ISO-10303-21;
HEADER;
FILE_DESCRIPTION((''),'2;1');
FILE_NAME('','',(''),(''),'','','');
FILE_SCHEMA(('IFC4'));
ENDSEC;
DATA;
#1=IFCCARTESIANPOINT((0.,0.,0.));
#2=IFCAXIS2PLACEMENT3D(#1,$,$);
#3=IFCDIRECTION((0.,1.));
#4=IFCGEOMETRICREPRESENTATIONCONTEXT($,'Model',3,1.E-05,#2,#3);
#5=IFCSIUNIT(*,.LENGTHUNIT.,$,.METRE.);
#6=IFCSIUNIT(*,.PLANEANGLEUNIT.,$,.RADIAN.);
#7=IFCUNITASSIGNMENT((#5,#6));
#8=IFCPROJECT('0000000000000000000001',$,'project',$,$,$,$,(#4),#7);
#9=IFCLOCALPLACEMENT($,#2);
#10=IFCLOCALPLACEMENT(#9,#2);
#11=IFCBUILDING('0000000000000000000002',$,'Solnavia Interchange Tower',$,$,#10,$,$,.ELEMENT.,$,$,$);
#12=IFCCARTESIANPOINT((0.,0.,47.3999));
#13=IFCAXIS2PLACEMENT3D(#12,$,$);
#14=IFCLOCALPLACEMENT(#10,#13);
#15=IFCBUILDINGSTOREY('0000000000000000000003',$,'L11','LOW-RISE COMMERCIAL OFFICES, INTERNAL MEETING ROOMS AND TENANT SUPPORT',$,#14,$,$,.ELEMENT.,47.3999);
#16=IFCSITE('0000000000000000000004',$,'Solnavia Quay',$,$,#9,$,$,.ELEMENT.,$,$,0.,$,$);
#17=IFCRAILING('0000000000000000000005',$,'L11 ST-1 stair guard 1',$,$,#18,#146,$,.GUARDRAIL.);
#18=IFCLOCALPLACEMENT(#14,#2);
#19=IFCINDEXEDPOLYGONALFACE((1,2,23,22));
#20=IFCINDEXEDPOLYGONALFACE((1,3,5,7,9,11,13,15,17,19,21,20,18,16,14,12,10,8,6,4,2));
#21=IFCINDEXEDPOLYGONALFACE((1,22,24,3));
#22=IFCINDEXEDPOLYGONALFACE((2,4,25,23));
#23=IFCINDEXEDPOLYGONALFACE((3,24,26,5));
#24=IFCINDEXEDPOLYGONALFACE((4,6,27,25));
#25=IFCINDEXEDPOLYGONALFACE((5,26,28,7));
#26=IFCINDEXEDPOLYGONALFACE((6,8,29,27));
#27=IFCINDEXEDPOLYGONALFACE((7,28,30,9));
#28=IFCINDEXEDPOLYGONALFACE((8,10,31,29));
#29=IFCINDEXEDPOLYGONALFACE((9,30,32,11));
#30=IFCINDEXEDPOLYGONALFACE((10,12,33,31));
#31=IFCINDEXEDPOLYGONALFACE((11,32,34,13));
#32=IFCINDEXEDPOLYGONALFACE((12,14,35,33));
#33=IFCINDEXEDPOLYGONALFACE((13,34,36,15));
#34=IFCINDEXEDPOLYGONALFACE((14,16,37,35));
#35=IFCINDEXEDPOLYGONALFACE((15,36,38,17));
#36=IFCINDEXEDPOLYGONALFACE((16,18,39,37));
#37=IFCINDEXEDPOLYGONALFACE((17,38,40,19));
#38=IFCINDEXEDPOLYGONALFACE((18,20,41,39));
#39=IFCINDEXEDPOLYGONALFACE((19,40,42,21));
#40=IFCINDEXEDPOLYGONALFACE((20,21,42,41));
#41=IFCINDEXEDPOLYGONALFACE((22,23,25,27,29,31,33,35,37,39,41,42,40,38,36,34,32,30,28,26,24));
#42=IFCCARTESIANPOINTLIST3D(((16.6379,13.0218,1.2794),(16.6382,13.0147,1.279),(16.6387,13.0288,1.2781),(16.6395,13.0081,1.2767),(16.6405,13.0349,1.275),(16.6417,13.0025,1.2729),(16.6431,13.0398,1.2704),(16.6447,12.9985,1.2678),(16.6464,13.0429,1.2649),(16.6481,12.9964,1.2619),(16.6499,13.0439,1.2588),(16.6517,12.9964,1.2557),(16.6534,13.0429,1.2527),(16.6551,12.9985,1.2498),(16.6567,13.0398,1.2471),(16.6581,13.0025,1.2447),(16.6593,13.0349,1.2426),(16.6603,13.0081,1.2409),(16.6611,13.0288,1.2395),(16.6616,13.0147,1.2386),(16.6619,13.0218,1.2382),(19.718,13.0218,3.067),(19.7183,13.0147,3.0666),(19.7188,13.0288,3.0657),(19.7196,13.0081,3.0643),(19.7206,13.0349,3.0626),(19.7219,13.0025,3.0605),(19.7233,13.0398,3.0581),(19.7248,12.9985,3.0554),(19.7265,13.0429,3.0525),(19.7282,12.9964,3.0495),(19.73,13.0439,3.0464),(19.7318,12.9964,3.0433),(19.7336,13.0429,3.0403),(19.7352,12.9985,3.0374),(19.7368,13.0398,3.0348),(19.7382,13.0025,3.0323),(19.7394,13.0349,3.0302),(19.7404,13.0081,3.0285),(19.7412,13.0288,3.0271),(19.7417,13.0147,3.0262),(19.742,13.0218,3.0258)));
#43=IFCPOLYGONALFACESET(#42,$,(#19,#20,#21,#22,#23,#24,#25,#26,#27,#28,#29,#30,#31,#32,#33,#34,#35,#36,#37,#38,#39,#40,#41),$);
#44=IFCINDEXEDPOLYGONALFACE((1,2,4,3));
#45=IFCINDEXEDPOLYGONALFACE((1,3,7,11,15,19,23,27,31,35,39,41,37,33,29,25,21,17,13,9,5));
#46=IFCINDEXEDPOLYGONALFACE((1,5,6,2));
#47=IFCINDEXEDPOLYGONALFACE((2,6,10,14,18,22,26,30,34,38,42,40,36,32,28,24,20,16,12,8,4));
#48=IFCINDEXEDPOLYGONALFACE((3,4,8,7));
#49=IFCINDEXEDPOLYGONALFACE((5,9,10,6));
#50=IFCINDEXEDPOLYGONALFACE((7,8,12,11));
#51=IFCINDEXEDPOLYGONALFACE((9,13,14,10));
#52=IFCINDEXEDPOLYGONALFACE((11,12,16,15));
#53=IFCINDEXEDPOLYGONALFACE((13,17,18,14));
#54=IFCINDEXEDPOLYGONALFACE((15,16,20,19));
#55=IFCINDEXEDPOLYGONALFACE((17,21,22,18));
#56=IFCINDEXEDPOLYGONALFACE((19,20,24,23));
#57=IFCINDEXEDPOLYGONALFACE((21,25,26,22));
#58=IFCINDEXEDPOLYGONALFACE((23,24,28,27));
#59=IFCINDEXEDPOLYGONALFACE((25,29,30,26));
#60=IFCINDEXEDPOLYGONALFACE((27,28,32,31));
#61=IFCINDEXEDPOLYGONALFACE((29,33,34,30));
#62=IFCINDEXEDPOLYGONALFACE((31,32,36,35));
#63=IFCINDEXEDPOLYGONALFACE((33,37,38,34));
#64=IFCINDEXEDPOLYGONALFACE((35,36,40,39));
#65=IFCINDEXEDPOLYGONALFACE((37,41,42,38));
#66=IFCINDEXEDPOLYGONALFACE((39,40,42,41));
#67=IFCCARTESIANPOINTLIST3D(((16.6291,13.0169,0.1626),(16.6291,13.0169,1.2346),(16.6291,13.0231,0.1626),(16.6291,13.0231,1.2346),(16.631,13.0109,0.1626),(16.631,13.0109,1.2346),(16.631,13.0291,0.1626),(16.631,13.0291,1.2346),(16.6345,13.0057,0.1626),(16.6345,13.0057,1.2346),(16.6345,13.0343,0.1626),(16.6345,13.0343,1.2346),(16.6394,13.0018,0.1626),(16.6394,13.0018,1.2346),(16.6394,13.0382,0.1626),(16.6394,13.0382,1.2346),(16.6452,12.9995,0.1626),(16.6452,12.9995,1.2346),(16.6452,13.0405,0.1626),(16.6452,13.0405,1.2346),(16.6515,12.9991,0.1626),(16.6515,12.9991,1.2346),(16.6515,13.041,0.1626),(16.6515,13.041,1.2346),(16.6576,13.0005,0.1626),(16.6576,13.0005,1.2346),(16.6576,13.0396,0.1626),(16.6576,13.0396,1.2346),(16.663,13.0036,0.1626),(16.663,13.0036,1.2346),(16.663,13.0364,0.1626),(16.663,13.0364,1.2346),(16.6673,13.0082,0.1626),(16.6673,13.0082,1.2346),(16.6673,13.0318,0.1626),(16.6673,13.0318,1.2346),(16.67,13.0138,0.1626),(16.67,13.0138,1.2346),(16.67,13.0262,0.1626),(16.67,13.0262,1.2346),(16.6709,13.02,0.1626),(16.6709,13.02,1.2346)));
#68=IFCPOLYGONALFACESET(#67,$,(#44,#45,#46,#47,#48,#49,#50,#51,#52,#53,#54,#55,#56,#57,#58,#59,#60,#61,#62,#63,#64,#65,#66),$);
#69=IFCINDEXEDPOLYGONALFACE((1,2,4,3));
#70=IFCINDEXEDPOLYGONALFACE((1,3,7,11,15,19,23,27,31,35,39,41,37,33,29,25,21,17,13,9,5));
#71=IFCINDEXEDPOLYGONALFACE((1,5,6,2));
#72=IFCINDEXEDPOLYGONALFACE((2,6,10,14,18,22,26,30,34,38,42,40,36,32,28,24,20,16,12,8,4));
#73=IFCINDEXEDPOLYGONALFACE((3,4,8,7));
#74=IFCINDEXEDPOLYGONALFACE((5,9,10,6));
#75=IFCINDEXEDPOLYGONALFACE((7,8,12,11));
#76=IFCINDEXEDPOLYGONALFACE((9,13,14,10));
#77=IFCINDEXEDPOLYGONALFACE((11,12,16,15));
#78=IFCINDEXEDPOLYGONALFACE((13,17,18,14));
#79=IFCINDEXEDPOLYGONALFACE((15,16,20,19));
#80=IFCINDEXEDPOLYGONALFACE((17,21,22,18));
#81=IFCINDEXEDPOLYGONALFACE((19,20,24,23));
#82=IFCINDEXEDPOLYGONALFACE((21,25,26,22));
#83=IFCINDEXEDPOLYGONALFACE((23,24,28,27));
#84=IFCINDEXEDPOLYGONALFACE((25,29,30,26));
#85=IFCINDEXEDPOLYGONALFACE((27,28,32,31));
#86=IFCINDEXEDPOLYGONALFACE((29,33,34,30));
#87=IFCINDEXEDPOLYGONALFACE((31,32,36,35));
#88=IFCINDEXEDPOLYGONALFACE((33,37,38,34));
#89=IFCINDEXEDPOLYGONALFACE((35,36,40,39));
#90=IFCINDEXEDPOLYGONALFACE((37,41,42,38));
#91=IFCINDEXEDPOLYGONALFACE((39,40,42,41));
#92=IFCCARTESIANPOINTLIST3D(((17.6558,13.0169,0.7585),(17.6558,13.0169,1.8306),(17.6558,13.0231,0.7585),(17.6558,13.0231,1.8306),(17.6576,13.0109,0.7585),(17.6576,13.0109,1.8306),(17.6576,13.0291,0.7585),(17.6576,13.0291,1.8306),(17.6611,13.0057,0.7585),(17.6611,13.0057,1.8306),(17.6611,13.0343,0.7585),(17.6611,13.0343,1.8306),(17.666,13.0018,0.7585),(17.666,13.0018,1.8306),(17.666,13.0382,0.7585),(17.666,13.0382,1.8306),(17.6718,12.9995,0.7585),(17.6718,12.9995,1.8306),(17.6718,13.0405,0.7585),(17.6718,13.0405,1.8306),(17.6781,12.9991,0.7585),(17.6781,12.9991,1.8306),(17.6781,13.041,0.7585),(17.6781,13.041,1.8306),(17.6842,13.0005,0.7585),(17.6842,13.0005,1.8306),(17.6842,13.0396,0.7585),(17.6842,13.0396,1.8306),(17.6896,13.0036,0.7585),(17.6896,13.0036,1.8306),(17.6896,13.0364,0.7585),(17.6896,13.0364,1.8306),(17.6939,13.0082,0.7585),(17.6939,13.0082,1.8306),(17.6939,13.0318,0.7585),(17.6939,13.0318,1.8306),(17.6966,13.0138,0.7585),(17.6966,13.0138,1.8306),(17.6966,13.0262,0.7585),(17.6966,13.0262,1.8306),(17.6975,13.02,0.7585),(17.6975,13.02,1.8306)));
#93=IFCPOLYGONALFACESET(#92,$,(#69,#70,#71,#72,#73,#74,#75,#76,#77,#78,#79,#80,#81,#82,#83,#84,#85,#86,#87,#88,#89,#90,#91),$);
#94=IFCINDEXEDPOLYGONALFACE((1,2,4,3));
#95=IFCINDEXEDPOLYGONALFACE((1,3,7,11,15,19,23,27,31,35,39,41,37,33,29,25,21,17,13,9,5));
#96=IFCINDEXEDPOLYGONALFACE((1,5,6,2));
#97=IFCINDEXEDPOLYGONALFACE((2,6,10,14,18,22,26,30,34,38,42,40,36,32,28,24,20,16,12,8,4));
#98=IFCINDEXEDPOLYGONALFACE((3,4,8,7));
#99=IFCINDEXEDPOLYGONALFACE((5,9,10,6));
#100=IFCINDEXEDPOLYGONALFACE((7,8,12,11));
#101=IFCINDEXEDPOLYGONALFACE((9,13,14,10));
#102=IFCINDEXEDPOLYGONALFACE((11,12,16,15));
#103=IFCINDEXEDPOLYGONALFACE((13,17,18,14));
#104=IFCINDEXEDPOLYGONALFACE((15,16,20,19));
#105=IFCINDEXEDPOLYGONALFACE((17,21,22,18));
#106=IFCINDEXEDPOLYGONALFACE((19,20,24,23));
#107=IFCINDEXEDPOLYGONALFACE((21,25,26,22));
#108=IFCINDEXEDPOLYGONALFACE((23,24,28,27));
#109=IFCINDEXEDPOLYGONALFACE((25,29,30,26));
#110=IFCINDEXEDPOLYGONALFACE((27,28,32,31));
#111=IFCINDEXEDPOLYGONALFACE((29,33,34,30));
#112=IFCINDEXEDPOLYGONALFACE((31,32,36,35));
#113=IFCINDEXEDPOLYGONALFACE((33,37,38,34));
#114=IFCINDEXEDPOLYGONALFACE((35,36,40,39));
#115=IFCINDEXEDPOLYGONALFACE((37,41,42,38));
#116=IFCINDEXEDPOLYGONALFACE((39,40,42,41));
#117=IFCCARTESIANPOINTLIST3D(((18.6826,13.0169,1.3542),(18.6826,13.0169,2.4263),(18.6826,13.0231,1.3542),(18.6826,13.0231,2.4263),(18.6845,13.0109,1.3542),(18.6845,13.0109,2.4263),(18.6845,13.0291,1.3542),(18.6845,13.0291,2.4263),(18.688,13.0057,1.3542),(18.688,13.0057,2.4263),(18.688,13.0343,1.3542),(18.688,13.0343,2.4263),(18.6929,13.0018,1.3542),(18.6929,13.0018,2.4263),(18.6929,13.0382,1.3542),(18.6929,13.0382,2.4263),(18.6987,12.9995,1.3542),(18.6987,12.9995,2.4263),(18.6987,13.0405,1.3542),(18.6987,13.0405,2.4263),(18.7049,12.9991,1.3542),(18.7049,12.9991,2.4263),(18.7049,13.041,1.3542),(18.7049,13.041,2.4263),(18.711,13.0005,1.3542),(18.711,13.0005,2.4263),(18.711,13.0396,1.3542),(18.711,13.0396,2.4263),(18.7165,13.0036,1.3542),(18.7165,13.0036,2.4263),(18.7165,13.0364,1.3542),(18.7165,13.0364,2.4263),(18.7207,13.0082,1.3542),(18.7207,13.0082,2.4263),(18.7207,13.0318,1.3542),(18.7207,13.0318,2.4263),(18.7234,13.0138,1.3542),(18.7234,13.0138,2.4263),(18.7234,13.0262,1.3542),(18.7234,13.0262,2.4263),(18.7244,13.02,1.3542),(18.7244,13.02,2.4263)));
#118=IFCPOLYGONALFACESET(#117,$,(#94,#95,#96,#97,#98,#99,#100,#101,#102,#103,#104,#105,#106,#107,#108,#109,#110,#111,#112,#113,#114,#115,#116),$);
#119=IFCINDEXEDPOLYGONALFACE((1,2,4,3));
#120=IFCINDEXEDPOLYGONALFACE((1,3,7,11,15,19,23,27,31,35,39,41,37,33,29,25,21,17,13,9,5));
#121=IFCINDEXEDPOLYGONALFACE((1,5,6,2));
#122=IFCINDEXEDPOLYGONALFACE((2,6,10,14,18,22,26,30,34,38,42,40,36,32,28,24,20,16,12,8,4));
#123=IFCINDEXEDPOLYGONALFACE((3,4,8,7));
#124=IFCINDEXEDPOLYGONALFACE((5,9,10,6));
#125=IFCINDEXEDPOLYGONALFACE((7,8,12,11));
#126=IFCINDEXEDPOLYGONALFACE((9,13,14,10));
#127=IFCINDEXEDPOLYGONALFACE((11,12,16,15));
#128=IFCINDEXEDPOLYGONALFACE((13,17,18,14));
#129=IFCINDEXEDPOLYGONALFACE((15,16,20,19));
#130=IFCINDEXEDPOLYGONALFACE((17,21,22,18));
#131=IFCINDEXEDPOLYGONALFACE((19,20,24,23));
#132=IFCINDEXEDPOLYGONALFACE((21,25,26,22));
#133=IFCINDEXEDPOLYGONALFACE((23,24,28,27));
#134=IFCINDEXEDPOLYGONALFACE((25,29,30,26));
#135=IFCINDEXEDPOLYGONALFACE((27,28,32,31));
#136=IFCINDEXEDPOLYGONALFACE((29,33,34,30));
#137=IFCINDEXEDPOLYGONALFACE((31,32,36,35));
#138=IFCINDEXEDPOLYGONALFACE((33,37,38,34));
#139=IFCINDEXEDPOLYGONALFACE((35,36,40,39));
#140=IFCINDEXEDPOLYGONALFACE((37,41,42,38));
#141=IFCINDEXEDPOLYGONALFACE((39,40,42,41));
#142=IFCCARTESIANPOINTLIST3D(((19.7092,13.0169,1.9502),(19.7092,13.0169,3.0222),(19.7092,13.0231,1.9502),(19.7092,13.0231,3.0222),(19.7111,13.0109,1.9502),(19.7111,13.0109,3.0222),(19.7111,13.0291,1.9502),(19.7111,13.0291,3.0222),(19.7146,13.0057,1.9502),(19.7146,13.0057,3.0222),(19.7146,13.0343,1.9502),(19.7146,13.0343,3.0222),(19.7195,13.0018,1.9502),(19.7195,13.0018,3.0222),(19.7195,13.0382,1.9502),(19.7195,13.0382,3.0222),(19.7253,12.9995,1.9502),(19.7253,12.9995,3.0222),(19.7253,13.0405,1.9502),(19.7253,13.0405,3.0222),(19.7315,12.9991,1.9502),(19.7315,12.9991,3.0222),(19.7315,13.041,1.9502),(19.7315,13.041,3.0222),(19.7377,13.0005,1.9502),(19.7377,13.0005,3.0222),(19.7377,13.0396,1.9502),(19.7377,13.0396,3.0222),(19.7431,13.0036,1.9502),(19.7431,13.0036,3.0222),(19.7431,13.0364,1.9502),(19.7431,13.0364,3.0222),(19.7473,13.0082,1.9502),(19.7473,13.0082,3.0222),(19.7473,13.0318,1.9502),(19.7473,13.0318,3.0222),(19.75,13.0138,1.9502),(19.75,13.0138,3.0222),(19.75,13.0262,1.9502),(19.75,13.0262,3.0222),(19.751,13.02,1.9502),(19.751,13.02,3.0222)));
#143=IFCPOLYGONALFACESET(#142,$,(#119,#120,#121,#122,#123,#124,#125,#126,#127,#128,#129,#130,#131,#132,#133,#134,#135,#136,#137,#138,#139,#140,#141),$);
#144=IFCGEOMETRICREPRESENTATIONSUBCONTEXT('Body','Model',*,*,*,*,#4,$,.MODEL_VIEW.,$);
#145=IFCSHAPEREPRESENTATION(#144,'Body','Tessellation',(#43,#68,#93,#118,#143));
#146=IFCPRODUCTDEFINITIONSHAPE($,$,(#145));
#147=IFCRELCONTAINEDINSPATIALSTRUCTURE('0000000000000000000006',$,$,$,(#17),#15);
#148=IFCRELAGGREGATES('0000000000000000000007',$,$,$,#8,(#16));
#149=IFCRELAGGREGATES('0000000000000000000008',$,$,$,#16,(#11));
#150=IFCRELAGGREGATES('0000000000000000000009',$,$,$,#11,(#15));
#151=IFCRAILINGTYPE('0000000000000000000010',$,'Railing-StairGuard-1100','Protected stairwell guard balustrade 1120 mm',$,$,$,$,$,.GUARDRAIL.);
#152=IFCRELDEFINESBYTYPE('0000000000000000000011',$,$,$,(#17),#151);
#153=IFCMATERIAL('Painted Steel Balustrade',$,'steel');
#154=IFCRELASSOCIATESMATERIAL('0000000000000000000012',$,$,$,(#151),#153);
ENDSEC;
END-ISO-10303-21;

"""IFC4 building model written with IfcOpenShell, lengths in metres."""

from ifc_helpers import new_model, si_unit, direction, frame, origin, origin_2d, place, context, subcontext, project, spatial, circle, extrude, material, type_object, element, save


model = new_model("IFC4")

# Units and contexts
model_context = context("Model", 3, precision=1e-05, world=origin(), true_north=direction((0.0, 1.0)))
body_context = subcontext(model_context, "Body", "Model", "MODEL_VIEW")
ifc_project = project(units=[si_unit("LENGTHUNIT", "METRE"), si_unit("PLANEANGLEUNIT", "RADIAN")], contexts=[model_context])

# Site, building, storey
site_placement = place(None, origin())
site = spatial("IfcSite", under=ifc_project, at=site_placement, Name="Solnavia Quay", CompositionType="ELEMENT", RefElevation=0.0)
building_placement = place(site_placement, origin())
building = spatial("IfcBuilding", under=site, at=building_placement, Name="Solnavia Interchange Tower", CompositionType="ELEMENT")
storey_placement = place(building_placement, frame((0.0, 0.0, 47.3999)))
storey = spatial("IfcBuildingStorey", under=building, at=storey_placement, Name="L11", Description="LOW-RISE COMMERCIAL OFFICES, INTERNAL MEETING ROOMS AND TENANT SUPPORT", CompositionType="ELEMENT", Elevation=47.3999)

# Railing
ifc_material_1 = material(Name="Painted Steel Balustrade", Category="steel")
railing_type_1 = type_object("IfcRailingType", Name="Railing-StairGuard-1100", Description="Protected stairwell guard balustrade 1120 mm", PredefinedType="GUARDRAIL", material=ifc_material_1)
railing_1_placement = place(storey_placement, frame((16.6499, 13.02, 0.1626)))
element("IfcRailing", 1, at=railing_1_placement, inside=storey, type_object=railing_type_1, Name="L11 ST-1 stair guard 1", PredefinedType="GUARDRAIL", context=body_context, shape_type="SweptSolid", body=[
    extrude(circle(Radius=0.0239, at=origin_2d()), frame((0.0, 0.0, 1.0962), z_axis=(0.864891, 0.0, 0.50196), x_axis=(0.0, 1.0, 0.0)), (0.0, 0.0, 1.0), 3.5613),
    extrude(circle(Radius=0.021, at=origin_2d()), origin(), (0.0, 0.0, 1.0), 1.072),
    extrude(circle(Radius=0.021, at=origin_2d()), frame((1.0266, 0.0, 0.5959)), (0.0, 0.0, 1.0), 1.072),
    extrude(circle(Radius=0.021, at=origin_2d()), frame((2.0535, 0.0, 1.1917)), (0.0, 0.0, 1.0), 1.072),
    extrude(circle(Radius=0.021, at=origin_2d()), frame((3.0801, 0.0, 1.7876)), (0.0, 0.0, 1.0), 1.072),
])

save(model, "model.ifc")
